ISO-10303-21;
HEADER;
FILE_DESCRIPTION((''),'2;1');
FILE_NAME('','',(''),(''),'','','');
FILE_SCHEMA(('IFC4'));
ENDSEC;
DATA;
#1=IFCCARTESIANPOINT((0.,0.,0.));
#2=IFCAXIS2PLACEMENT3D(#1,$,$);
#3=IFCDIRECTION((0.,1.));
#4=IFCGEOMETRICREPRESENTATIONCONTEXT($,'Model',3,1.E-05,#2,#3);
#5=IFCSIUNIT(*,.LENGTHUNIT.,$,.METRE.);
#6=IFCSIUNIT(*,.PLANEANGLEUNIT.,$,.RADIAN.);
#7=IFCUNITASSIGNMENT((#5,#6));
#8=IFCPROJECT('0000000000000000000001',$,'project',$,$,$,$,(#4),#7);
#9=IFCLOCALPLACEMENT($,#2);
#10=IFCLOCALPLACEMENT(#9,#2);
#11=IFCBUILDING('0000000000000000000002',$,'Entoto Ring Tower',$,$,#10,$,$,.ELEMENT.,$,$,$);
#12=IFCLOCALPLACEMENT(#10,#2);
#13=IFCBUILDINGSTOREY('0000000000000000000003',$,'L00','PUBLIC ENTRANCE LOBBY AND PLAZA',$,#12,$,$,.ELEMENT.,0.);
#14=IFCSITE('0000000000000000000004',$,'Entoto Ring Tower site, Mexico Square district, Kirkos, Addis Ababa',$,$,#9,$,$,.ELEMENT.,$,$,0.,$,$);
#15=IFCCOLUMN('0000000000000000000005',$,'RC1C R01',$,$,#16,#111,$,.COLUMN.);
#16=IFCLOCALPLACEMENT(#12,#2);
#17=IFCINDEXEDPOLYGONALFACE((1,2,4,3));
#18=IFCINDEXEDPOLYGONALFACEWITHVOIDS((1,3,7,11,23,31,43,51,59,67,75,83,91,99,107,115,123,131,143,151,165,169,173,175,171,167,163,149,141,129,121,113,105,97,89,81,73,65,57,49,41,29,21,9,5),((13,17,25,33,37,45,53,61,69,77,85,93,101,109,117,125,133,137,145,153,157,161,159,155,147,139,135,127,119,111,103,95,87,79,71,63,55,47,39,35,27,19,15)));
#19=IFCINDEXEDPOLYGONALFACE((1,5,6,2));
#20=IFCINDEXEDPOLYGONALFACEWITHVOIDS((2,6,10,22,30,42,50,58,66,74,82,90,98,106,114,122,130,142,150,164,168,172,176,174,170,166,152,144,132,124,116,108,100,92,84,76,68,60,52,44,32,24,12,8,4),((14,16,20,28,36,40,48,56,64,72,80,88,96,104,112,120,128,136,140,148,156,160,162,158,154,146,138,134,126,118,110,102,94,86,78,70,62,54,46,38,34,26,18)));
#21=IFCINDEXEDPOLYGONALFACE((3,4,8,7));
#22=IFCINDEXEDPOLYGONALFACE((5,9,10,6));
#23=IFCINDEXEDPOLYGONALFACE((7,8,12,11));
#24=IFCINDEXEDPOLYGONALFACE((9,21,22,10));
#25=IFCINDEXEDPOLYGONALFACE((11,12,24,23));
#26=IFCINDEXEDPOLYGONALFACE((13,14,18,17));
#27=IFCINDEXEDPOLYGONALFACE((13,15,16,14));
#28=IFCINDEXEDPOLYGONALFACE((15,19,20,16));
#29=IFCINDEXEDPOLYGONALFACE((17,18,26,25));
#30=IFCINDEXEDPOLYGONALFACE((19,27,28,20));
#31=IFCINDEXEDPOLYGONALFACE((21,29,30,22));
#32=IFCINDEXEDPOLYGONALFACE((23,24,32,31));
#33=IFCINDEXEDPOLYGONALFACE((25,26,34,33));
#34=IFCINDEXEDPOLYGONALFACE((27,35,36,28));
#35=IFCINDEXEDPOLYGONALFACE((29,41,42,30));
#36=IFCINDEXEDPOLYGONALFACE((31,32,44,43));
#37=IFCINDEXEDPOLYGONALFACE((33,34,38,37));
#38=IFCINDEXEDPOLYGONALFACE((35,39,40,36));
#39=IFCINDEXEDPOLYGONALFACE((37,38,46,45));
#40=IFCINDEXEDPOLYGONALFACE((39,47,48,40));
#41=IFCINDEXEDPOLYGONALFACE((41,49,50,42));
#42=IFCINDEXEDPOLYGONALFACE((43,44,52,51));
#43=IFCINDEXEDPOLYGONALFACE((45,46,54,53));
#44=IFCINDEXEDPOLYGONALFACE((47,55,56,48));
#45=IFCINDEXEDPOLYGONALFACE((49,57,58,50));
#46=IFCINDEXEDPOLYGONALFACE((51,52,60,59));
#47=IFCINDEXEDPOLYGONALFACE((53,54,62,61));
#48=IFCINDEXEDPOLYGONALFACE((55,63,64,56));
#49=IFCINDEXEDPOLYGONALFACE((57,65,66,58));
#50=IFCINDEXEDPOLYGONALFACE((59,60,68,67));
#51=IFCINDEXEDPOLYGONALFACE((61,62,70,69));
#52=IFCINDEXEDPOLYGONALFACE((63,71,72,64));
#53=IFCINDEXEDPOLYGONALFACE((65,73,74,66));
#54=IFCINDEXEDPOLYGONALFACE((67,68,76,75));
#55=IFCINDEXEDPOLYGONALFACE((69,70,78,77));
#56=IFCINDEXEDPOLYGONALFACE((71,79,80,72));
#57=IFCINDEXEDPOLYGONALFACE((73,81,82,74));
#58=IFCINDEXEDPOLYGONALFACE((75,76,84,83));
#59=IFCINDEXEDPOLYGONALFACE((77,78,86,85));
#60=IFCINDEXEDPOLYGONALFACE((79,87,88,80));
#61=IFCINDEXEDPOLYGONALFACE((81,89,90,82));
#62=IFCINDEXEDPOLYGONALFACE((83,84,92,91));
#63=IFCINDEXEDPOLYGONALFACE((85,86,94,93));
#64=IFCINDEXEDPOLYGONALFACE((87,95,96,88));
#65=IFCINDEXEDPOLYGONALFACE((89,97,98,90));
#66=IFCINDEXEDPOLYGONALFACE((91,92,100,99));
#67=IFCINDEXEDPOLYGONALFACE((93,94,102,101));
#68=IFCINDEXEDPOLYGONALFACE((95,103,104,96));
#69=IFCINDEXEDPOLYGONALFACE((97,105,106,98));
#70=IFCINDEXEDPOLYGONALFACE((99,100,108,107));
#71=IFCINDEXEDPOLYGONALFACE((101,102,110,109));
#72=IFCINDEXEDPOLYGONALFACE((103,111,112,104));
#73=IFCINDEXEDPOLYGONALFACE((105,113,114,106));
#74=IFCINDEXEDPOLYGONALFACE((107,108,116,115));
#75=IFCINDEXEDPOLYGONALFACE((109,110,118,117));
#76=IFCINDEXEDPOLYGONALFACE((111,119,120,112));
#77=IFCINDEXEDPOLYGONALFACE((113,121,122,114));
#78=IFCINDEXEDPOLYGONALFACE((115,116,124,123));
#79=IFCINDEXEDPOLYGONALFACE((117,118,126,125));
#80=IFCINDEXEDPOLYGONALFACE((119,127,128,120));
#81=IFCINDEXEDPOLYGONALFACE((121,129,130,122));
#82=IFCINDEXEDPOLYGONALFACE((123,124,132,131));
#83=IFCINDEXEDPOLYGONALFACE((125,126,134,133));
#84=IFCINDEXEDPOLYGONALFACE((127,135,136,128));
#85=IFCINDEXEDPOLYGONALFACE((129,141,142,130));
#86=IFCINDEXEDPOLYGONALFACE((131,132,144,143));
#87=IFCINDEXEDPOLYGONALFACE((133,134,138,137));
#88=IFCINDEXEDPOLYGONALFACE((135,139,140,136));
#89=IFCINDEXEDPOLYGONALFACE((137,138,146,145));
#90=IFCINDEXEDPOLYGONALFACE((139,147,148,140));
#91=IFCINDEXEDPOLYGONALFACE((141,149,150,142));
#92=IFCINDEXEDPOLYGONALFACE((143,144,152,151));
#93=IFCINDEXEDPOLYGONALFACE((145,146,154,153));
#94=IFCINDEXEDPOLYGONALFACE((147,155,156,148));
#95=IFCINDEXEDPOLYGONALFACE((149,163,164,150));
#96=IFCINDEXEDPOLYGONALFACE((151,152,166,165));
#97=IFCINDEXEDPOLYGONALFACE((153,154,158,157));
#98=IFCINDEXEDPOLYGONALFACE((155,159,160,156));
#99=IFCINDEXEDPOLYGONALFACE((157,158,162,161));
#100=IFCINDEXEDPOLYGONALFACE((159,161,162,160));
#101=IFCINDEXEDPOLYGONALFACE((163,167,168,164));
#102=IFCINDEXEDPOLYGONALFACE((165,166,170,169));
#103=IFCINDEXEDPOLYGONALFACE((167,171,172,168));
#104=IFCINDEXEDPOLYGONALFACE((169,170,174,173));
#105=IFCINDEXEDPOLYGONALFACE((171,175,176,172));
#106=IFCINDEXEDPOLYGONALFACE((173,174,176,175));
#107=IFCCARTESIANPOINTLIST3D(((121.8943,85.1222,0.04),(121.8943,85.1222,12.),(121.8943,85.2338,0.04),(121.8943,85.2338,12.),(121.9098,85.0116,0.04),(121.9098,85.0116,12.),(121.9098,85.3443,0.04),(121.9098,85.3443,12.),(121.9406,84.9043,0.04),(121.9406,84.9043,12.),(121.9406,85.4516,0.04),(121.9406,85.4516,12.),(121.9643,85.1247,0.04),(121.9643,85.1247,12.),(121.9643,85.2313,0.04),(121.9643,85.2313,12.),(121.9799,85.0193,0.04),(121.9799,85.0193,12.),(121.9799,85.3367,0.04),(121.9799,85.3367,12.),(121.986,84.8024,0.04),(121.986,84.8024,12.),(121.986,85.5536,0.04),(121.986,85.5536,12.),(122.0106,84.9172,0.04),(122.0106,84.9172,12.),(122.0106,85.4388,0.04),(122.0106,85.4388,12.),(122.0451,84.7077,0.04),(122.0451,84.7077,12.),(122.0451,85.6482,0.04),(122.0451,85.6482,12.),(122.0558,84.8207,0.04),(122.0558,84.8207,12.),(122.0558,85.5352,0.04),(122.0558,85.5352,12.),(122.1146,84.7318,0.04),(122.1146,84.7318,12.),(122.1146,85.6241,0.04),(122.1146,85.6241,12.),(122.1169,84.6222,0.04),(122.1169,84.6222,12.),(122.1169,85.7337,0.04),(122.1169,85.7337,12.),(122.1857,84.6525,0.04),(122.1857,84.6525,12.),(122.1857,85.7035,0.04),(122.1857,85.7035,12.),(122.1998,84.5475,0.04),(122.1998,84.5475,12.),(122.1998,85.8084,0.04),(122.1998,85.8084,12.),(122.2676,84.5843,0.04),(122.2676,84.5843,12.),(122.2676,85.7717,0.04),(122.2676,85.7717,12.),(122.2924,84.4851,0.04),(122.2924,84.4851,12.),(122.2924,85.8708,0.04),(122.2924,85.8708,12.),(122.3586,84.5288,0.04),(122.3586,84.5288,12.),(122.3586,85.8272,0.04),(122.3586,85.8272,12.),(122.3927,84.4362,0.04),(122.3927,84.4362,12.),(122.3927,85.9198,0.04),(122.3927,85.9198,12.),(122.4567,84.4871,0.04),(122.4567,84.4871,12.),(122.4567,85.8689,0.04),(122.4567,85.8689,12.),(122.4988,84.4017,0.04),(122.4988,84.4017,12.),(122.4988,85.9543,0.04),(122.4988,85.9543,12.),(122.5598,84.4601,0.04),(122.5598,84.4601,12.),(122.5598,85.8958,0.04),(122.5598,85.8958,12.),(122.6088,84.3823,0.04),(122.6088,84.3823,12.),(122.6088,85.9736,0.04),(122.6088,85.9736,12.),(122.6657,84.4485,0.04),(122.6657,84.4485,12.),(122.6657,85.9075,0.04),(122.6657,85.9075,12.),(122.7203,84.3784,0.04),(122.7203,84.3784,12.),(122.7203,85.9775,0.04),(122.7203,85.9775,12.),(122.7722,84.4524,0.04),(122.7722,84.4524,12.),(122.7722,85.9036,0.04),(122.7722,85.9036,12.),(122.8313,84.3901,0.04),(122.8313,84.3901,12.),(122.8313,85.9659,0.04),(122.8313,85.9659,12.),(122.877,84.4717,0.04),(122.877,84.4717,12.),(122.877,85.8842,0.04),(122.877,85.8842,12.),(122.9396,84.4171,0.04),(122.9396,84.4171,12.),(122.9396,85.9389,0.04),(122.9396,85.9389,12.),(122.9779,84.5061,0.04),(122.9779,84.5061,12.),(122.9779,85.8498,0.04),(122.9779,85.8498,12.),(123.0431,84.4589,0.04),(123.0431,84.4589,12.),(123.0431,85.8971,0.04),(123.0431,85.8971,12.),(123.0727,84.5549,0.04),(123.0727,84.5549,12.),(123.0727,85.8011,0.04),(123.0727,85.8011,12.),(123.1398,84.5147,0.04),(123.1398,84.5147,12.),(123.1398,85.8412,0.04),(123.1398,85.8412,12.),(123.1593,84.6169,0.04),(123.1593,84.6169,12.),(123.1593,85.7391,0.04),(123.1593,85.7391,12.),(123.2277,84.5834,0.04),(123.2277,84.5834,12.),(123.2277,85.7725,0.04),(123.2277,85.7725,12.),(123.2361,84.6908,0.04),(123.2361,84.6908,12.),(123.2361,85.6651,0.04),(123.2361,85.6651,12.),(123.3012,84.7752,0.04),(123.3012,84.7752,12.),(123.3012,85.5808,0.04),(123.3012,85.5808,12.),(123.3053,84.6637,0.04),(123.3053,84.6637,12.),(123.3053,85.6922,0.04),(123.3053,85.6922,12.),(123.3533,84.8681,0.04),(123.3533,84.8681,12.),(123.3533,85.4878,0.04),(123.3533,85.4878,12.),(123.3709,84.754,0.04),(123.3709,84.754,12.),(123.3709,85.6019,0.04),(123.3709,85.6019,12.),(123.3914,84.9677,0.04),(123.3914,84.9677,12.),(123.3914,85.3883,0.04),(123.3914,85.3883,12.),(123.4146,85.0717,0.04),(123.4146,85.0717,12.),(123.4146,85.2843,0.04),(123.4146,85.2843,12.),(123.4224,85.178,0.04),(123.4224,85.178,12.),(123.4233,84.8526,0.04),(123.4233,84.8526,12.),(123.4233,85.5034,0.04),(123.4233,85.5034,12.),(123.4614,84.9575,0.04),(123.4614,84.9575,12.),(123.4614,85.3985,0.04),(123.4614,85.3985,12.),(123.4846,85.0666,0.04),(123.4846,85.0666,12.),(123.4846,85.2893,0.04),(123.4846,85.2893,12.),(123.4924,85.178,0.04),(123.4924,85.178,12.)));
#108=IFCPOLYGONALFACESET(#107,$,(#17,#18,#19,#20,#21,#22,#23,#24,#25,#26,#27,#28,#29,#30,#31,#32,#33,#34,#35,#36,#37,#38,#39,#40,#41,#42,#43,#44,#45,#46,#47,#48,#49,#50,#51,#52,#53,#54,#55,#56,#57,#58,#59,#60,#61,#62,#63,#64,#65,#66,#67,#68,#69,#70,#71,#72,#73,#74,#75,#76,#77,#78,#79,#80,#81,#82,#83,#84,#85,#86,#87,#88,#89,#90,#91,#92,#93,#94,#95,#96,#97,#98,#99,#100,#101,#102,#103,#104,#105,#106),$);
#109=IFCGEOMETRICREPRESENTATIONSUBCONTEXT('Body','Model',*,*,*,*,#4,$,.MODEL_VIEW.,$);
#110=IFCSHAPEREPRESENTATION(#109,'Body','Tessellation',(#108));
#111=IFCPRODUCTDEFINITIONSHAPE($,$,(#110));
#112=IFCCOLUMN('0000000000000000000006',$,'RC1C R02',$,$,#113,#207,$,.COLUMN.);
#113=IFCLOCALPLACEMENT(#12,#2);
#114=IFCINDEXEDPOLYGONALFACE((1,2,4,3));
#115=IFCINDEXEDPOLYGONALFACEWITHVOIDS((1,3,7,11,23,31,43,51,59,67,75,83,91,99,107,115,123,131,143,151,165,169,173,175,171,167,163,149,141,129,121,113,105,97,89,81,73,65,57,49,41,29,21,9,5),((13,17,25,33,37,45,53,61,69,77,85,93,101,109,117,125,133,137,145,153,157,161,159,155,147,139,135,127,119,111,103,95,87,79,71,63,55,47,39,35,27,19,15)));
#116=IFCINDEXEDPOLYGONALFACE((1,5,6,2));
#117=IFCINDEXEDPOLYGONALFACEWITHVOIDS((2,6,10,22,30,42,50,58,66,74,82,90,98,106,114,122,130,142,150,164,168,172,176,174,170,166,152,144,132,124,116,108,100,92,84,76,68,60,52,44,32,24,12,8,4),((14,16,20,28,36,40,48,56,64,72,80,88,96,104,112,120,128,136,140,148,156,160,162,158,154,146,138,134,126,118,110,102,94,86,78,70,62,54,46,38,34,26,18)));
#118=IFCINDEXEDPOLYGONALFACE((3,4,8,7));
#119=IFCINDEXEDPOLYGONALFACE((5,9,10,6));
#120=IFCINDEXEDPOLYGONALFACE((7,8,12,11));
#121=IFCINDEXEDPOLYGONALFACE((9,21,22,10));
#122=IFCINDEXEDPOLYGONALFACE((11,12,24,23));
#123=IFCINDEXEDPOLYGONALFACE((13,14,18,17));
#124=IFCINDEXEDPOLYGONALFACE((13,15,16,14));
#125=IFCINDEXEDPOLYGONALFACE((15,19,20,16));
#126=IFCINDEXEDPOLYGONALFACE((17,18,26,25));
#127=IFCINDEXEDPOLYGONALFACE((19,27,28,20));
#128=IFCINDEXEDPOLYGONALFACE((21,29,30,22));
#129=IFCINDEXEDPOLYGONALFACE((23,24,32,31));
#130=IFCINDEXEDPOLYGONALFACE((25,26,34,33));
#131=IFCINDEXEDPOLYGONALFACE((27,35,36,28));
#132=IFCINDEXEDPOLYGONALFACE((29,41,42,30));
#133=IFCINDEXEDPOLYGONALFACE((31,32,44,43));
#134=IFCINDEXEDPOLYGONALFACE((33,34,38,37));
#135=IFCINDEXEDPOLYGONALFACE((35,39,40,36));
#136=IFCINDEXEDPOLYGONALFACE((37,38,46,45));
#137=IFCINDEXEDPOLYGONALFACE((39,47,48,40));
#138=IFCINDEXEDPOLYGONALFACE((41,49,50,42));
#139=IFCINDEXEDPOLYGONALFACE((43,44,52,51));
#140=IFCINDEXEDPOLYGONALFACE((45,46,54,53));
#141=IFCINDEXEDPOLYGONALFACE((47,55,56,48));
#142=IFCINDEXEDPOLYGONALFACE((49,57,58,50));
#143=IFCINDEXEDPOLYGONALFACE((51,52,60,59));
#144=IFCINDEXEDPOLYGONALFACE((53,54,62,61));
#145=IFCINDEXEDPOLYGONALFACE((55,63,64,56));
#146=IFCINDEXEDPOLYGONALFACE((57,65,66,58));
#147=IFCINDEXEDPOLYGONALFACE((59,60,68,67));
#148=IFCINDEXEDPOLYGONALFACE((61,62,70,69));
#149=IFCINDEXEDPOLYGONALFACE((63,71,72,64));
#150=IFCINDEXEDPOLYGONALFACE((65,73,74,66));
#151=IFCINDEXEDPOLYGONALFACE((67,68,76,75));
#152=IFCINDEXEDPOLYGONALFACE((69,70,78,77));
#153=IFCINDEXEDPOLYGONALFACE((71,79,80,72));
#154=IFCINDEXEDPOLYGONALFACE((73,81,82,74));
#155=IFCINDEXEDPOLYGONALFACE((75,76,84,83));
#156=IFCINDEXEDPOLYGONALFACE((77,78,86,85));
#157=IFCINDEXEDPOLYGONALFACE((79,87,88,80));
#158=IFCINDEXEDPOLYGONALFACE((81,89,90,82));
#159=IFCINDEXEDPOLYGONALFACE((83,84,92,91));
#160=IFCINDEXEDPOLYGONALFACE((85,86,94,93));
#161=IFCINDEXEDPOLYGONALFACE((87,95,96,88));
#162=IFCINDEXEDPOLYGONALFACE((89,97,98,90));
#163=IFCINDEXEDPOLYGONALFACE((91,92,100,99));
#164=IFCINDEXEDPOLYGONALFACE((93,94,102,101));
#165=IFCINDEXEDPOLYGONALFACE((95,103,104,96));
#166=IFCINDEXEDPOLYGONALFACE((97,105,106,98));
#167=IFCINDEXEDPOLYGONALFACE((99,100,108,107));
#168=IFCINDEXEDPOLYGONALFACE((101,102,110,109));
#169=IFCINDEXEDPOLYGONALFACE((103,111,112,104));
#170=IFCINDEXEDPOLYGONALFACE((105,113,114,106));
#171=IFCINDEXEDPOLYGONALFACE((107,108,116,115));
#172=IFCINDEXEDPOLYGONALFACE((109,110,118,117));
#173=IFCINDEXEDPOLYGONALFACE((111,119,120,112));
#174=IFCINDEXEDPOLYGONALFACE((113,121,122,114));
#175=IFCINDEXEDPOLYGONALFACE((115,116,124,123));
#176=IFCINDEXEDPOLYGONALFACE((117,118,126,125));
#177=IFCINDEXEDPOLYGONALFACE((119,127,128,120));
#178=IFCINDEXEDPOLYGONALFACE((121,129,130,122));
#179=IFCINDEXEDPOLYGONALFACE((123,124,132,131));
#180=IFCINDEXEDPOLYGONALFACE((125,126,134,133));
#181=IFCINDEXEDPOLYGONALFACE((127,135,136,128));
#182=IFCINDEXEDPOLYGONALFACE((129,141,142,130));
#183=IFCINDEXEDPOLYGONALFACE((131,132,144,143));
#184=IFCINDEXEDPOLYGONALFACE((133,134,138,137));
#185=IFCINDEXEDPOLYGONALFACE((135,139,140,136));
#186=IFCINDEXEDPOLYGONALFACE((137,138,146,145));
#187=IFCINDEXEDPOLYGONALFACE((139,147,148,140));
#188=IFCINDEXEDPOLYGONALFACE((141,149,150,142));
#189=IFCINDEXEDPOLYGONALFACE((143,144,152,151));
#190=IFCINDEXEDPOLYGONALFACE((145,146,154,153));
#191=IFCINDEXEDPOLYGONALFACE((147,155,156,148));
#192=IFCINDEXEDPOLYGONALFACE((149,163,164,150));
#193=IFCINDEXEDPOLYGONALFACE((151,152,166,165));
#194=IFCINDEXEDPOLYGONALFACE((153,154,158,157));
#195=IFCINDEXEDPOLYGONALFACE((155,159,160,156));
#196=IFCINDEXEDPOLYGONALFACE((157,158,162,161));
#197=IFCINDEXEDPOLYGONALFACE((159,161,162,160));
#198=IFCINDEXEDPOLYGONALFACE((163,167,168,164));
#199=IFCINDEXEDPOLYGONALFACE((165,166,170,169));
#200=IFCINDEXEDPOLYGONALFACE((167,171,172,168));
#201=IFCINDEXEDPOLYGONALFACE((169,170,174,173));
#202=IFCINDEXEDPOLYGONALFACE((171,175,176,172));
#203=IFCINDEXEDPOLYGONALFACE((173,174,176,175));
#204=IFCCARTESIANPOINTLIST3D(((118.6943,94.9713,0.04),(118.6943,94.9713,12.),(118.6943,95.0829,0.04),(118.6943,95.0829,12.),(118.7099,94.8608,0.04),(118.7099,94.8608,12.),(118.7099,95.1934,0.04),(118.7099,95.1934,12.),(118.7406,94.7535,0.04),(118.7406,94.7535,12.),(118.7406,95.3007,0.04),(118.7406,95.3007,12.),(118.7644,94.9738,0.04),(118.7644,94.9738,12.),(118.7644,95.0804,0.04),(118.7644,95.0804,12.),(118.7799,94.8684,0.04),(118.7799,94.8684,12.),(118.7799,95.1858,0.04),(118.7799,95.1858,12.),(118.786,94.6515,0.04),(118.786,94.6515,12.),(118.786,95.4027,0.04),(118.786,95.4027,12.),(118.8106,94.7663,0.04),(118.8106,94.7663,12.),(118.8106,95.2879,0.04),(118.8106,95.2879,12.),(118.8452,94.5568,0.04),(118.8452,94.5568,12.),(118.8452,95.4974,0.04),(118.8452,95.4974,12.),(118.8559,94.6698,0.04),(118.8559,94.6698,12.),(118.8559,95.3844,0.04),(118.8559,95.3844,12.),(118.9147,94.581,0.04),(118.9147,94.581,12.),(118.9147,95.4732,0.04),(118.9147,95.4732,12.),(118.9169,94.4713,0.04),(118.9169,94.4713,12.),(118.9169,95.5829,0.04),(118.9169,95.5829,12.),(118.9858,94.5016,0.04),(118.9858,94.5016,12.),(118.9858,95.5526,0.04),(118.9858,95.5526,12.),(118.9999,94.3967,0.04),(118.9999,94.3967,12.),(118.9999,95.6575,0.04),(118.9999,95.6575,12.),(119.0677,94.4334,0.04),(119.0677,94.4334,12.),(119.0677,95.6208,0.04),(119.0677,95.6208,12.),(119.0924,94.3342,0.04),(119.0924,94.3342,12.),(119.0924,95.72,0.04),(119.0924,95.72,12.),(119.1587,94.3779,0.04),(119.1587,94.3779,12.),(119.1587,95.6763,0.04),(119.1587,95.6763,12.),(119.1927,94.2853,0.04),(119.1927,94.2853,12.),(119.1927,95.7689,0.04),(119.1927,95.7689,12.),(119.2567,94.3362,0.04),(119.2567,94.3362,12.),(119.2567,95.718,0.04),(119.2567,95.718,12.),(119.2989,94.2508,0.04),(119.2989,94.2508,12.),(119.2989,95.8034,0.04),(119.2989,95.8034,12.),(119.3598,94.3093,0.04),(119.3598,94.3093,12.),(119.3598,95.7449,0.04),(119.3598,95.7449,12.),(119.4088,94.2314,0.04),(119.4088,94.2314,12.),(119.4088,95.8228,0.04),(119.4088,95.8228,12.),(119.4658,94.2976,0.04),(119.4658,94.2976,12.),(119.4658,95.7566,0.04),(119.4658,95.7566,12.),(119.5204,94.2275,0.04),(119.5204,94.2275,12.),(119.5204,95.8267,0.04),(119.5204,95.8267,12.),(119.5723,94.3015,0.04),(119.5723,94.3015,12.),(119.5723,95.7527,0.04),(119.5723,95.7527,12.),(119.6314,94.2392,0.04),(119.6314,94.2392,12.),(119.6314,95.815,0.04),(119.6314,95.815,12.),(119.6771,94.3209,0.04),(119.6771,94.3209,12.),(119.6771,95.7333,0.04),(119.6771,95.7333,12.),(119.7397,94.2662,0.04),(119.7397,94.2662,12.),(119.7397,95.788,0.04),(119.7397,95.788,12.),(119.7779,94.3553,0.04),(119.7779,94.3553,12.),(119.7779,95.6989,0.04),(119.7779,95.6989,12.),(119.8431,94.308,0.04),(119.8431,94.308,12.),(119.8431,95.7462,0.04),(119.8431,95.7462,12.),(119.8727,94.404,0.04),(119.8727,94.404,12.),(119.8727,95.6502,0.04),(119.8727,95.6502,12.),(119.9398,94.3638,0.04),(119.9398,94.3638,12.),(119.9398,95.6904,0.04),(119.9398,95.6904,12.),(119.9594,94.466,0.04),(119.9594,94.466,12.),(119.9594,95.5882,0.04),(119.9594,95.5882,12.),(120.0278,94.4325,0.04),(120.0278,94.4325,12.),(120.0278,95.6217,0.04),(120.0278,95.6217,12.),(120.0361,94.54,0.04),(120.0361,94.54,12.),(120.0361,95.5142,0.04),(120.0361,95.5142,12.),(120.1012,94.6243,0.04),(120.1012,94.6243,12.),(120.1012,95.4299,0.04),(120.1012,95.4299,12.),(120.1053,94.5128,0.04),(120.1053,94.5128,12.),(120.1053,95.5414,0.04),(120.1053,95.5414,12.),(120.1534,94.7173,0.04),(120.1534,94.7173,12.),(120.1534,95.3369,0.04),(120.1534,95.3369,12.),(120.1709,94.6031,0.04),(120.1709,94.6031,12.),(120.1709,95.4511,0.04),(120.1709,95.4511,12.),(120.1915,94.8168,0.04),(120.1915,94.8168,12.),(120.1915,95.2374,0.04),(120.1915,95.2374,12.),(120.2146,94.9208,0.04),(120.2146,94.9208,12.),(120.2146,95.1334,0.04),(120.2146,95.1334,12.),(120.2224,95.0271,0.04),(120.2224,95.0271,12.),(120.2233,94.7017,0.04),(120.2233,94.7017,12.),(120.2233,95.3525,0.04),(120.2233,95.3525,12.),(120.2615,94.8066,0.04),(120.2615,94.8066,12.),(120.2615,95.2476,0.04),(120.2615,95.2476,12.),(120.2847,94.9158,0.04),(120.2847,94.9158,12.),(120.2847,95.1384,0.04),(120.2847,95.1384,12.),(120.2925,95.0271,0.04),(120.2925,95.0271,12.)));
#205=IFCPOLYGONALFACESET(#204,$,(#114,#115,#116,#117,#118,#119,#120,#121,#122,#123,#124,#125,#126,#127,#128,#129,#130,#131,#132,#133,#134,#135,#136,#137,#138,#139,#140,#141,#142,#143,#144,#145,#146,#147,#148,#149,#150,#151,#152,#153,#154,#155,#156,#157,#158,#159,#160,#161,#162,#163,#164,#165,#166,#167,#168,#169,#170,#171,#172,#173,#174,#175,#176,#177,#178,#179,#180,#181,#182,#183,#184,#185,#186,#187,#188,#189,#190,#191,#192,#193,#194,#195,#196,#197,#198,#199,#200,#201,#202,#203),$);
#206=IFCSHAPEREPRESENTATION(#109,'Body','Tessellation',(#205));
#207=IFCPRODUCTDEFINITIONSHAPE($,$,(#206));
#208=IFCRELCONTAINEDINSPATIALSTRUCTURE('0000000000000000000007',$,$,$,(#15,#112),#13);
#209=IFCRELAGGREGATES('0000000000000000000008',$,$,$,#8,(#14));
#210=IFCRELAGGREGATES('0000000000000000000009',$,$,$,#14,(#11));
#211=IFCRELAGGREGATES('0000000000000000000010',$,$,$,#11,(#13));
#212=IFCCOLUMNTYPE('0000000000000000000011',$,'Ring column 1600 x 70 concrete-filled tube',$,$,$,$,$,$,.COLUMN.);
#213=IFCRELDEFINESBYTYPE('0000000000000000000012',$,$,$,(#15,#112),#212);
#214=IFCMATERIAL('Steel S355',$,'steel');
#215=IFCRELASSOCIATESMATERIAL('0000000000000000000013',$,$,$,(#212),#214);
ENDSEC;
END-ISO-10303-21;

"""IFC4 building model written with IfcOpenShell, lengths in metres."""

from ifc_helpers import new_model, si_unit, direction, frame, origin, origin_2d, place, context, subcontext, project, spatial, circle, hollow_circle, extrude, material, material_profile, profile_set, type_object, element, save


model = new_model("IFC4")

# Units and contexts
model_context = context("Model", 3, precision=1e-05, world=origin(), true_north=direction((0.0, 1.0)))
body_context = subcontext(model_context, "Body", "Model", "MODEL_VIEW")
ifc_project = project(units=[si_unit("LENGTHUNIT", "METRE"), si_unit("PLANEANGLEUNIT", "RADIAN")], contexts=[model_context])

# Site, building, storey
site_placement = place(None, origin())
site = spatial("IfcSite", under=ifc_project, at=site_placement, Name="Entoto Ring Tower site, Mexico Square district, Kirkos, Addis Ababa", CompositionType="ELEMENT", RefElevation=0.0)
building_placement = place(site_placement, origin())
building = spatial("IfcBuilding", under=site, at=building_placement, Name="Entoto Ring Tower", CompositionType="ELEMENT")
storey_placement = place(building_placement, origin())
storey = spatial("IfcBuildingStorey", under=building, at=storey_placement, Name="L00", Description="PUBLIC ENTRANCE LOBBY AND PLAZA", CompositionType="ELEMENT", Elevation=0.0)

# Columns
ifc_material_1 = material(Name="Steel S355", Category="steel")
ifc_material_profile_1 = material_profile(ifc_material_1, hollow_circle(Radius=0.8, WallThickness=0.0701, at=origin_2d()), Name="CHS 1600 x 70")
ifc_material_2 = material(Name="Concrete C60/75", Category="concrete")
ifc_material_profile_2 = material_profile(ifc_material_2, circle(Radius=0.73, at=origin_2d()), Name="Concrete C60/75 infill")
ifc_profile_set_1 = profile_set([ifc_material_profile_1, ifc_material_profile_2], Name="Steel S355")
column_type_1 = type_object("IfcColumnType", Name="Ring column 1600 x 70 concrete-filled tube", PredefinedType="COLUMN", material=ifc_profile_set_1)
for number, where, z_axis, x_axis, name in (
    (1, (122.6924, 85.178, 0.04), (0.0, 0.0, 1.0), (1.0, 0.0, 0.0), "RC1C R01"),
    (2, (119.4924, 95.0271, 0.04), (0.0, 0.0, 1.0), (1.0, 0.0, 0.0), "RC1C R02"),
):
    element("IfcColumn", number, at=place(storey_placement, frame(where, z_axis=z_axis, x_axis=x_axis)), inside=storey, type_object=column_type_1, Name=name, PredefinedType="COLUMN", context=body_context, shape_type="SweptSolid", body=[
        extrude(hollow_circle(Radius=0.8, WallThickness=0.0701, at=origin_2d()), origin(), (0.0, 0.0, 1.0), 11.96),
    ])

save(model, "model.ifc")
